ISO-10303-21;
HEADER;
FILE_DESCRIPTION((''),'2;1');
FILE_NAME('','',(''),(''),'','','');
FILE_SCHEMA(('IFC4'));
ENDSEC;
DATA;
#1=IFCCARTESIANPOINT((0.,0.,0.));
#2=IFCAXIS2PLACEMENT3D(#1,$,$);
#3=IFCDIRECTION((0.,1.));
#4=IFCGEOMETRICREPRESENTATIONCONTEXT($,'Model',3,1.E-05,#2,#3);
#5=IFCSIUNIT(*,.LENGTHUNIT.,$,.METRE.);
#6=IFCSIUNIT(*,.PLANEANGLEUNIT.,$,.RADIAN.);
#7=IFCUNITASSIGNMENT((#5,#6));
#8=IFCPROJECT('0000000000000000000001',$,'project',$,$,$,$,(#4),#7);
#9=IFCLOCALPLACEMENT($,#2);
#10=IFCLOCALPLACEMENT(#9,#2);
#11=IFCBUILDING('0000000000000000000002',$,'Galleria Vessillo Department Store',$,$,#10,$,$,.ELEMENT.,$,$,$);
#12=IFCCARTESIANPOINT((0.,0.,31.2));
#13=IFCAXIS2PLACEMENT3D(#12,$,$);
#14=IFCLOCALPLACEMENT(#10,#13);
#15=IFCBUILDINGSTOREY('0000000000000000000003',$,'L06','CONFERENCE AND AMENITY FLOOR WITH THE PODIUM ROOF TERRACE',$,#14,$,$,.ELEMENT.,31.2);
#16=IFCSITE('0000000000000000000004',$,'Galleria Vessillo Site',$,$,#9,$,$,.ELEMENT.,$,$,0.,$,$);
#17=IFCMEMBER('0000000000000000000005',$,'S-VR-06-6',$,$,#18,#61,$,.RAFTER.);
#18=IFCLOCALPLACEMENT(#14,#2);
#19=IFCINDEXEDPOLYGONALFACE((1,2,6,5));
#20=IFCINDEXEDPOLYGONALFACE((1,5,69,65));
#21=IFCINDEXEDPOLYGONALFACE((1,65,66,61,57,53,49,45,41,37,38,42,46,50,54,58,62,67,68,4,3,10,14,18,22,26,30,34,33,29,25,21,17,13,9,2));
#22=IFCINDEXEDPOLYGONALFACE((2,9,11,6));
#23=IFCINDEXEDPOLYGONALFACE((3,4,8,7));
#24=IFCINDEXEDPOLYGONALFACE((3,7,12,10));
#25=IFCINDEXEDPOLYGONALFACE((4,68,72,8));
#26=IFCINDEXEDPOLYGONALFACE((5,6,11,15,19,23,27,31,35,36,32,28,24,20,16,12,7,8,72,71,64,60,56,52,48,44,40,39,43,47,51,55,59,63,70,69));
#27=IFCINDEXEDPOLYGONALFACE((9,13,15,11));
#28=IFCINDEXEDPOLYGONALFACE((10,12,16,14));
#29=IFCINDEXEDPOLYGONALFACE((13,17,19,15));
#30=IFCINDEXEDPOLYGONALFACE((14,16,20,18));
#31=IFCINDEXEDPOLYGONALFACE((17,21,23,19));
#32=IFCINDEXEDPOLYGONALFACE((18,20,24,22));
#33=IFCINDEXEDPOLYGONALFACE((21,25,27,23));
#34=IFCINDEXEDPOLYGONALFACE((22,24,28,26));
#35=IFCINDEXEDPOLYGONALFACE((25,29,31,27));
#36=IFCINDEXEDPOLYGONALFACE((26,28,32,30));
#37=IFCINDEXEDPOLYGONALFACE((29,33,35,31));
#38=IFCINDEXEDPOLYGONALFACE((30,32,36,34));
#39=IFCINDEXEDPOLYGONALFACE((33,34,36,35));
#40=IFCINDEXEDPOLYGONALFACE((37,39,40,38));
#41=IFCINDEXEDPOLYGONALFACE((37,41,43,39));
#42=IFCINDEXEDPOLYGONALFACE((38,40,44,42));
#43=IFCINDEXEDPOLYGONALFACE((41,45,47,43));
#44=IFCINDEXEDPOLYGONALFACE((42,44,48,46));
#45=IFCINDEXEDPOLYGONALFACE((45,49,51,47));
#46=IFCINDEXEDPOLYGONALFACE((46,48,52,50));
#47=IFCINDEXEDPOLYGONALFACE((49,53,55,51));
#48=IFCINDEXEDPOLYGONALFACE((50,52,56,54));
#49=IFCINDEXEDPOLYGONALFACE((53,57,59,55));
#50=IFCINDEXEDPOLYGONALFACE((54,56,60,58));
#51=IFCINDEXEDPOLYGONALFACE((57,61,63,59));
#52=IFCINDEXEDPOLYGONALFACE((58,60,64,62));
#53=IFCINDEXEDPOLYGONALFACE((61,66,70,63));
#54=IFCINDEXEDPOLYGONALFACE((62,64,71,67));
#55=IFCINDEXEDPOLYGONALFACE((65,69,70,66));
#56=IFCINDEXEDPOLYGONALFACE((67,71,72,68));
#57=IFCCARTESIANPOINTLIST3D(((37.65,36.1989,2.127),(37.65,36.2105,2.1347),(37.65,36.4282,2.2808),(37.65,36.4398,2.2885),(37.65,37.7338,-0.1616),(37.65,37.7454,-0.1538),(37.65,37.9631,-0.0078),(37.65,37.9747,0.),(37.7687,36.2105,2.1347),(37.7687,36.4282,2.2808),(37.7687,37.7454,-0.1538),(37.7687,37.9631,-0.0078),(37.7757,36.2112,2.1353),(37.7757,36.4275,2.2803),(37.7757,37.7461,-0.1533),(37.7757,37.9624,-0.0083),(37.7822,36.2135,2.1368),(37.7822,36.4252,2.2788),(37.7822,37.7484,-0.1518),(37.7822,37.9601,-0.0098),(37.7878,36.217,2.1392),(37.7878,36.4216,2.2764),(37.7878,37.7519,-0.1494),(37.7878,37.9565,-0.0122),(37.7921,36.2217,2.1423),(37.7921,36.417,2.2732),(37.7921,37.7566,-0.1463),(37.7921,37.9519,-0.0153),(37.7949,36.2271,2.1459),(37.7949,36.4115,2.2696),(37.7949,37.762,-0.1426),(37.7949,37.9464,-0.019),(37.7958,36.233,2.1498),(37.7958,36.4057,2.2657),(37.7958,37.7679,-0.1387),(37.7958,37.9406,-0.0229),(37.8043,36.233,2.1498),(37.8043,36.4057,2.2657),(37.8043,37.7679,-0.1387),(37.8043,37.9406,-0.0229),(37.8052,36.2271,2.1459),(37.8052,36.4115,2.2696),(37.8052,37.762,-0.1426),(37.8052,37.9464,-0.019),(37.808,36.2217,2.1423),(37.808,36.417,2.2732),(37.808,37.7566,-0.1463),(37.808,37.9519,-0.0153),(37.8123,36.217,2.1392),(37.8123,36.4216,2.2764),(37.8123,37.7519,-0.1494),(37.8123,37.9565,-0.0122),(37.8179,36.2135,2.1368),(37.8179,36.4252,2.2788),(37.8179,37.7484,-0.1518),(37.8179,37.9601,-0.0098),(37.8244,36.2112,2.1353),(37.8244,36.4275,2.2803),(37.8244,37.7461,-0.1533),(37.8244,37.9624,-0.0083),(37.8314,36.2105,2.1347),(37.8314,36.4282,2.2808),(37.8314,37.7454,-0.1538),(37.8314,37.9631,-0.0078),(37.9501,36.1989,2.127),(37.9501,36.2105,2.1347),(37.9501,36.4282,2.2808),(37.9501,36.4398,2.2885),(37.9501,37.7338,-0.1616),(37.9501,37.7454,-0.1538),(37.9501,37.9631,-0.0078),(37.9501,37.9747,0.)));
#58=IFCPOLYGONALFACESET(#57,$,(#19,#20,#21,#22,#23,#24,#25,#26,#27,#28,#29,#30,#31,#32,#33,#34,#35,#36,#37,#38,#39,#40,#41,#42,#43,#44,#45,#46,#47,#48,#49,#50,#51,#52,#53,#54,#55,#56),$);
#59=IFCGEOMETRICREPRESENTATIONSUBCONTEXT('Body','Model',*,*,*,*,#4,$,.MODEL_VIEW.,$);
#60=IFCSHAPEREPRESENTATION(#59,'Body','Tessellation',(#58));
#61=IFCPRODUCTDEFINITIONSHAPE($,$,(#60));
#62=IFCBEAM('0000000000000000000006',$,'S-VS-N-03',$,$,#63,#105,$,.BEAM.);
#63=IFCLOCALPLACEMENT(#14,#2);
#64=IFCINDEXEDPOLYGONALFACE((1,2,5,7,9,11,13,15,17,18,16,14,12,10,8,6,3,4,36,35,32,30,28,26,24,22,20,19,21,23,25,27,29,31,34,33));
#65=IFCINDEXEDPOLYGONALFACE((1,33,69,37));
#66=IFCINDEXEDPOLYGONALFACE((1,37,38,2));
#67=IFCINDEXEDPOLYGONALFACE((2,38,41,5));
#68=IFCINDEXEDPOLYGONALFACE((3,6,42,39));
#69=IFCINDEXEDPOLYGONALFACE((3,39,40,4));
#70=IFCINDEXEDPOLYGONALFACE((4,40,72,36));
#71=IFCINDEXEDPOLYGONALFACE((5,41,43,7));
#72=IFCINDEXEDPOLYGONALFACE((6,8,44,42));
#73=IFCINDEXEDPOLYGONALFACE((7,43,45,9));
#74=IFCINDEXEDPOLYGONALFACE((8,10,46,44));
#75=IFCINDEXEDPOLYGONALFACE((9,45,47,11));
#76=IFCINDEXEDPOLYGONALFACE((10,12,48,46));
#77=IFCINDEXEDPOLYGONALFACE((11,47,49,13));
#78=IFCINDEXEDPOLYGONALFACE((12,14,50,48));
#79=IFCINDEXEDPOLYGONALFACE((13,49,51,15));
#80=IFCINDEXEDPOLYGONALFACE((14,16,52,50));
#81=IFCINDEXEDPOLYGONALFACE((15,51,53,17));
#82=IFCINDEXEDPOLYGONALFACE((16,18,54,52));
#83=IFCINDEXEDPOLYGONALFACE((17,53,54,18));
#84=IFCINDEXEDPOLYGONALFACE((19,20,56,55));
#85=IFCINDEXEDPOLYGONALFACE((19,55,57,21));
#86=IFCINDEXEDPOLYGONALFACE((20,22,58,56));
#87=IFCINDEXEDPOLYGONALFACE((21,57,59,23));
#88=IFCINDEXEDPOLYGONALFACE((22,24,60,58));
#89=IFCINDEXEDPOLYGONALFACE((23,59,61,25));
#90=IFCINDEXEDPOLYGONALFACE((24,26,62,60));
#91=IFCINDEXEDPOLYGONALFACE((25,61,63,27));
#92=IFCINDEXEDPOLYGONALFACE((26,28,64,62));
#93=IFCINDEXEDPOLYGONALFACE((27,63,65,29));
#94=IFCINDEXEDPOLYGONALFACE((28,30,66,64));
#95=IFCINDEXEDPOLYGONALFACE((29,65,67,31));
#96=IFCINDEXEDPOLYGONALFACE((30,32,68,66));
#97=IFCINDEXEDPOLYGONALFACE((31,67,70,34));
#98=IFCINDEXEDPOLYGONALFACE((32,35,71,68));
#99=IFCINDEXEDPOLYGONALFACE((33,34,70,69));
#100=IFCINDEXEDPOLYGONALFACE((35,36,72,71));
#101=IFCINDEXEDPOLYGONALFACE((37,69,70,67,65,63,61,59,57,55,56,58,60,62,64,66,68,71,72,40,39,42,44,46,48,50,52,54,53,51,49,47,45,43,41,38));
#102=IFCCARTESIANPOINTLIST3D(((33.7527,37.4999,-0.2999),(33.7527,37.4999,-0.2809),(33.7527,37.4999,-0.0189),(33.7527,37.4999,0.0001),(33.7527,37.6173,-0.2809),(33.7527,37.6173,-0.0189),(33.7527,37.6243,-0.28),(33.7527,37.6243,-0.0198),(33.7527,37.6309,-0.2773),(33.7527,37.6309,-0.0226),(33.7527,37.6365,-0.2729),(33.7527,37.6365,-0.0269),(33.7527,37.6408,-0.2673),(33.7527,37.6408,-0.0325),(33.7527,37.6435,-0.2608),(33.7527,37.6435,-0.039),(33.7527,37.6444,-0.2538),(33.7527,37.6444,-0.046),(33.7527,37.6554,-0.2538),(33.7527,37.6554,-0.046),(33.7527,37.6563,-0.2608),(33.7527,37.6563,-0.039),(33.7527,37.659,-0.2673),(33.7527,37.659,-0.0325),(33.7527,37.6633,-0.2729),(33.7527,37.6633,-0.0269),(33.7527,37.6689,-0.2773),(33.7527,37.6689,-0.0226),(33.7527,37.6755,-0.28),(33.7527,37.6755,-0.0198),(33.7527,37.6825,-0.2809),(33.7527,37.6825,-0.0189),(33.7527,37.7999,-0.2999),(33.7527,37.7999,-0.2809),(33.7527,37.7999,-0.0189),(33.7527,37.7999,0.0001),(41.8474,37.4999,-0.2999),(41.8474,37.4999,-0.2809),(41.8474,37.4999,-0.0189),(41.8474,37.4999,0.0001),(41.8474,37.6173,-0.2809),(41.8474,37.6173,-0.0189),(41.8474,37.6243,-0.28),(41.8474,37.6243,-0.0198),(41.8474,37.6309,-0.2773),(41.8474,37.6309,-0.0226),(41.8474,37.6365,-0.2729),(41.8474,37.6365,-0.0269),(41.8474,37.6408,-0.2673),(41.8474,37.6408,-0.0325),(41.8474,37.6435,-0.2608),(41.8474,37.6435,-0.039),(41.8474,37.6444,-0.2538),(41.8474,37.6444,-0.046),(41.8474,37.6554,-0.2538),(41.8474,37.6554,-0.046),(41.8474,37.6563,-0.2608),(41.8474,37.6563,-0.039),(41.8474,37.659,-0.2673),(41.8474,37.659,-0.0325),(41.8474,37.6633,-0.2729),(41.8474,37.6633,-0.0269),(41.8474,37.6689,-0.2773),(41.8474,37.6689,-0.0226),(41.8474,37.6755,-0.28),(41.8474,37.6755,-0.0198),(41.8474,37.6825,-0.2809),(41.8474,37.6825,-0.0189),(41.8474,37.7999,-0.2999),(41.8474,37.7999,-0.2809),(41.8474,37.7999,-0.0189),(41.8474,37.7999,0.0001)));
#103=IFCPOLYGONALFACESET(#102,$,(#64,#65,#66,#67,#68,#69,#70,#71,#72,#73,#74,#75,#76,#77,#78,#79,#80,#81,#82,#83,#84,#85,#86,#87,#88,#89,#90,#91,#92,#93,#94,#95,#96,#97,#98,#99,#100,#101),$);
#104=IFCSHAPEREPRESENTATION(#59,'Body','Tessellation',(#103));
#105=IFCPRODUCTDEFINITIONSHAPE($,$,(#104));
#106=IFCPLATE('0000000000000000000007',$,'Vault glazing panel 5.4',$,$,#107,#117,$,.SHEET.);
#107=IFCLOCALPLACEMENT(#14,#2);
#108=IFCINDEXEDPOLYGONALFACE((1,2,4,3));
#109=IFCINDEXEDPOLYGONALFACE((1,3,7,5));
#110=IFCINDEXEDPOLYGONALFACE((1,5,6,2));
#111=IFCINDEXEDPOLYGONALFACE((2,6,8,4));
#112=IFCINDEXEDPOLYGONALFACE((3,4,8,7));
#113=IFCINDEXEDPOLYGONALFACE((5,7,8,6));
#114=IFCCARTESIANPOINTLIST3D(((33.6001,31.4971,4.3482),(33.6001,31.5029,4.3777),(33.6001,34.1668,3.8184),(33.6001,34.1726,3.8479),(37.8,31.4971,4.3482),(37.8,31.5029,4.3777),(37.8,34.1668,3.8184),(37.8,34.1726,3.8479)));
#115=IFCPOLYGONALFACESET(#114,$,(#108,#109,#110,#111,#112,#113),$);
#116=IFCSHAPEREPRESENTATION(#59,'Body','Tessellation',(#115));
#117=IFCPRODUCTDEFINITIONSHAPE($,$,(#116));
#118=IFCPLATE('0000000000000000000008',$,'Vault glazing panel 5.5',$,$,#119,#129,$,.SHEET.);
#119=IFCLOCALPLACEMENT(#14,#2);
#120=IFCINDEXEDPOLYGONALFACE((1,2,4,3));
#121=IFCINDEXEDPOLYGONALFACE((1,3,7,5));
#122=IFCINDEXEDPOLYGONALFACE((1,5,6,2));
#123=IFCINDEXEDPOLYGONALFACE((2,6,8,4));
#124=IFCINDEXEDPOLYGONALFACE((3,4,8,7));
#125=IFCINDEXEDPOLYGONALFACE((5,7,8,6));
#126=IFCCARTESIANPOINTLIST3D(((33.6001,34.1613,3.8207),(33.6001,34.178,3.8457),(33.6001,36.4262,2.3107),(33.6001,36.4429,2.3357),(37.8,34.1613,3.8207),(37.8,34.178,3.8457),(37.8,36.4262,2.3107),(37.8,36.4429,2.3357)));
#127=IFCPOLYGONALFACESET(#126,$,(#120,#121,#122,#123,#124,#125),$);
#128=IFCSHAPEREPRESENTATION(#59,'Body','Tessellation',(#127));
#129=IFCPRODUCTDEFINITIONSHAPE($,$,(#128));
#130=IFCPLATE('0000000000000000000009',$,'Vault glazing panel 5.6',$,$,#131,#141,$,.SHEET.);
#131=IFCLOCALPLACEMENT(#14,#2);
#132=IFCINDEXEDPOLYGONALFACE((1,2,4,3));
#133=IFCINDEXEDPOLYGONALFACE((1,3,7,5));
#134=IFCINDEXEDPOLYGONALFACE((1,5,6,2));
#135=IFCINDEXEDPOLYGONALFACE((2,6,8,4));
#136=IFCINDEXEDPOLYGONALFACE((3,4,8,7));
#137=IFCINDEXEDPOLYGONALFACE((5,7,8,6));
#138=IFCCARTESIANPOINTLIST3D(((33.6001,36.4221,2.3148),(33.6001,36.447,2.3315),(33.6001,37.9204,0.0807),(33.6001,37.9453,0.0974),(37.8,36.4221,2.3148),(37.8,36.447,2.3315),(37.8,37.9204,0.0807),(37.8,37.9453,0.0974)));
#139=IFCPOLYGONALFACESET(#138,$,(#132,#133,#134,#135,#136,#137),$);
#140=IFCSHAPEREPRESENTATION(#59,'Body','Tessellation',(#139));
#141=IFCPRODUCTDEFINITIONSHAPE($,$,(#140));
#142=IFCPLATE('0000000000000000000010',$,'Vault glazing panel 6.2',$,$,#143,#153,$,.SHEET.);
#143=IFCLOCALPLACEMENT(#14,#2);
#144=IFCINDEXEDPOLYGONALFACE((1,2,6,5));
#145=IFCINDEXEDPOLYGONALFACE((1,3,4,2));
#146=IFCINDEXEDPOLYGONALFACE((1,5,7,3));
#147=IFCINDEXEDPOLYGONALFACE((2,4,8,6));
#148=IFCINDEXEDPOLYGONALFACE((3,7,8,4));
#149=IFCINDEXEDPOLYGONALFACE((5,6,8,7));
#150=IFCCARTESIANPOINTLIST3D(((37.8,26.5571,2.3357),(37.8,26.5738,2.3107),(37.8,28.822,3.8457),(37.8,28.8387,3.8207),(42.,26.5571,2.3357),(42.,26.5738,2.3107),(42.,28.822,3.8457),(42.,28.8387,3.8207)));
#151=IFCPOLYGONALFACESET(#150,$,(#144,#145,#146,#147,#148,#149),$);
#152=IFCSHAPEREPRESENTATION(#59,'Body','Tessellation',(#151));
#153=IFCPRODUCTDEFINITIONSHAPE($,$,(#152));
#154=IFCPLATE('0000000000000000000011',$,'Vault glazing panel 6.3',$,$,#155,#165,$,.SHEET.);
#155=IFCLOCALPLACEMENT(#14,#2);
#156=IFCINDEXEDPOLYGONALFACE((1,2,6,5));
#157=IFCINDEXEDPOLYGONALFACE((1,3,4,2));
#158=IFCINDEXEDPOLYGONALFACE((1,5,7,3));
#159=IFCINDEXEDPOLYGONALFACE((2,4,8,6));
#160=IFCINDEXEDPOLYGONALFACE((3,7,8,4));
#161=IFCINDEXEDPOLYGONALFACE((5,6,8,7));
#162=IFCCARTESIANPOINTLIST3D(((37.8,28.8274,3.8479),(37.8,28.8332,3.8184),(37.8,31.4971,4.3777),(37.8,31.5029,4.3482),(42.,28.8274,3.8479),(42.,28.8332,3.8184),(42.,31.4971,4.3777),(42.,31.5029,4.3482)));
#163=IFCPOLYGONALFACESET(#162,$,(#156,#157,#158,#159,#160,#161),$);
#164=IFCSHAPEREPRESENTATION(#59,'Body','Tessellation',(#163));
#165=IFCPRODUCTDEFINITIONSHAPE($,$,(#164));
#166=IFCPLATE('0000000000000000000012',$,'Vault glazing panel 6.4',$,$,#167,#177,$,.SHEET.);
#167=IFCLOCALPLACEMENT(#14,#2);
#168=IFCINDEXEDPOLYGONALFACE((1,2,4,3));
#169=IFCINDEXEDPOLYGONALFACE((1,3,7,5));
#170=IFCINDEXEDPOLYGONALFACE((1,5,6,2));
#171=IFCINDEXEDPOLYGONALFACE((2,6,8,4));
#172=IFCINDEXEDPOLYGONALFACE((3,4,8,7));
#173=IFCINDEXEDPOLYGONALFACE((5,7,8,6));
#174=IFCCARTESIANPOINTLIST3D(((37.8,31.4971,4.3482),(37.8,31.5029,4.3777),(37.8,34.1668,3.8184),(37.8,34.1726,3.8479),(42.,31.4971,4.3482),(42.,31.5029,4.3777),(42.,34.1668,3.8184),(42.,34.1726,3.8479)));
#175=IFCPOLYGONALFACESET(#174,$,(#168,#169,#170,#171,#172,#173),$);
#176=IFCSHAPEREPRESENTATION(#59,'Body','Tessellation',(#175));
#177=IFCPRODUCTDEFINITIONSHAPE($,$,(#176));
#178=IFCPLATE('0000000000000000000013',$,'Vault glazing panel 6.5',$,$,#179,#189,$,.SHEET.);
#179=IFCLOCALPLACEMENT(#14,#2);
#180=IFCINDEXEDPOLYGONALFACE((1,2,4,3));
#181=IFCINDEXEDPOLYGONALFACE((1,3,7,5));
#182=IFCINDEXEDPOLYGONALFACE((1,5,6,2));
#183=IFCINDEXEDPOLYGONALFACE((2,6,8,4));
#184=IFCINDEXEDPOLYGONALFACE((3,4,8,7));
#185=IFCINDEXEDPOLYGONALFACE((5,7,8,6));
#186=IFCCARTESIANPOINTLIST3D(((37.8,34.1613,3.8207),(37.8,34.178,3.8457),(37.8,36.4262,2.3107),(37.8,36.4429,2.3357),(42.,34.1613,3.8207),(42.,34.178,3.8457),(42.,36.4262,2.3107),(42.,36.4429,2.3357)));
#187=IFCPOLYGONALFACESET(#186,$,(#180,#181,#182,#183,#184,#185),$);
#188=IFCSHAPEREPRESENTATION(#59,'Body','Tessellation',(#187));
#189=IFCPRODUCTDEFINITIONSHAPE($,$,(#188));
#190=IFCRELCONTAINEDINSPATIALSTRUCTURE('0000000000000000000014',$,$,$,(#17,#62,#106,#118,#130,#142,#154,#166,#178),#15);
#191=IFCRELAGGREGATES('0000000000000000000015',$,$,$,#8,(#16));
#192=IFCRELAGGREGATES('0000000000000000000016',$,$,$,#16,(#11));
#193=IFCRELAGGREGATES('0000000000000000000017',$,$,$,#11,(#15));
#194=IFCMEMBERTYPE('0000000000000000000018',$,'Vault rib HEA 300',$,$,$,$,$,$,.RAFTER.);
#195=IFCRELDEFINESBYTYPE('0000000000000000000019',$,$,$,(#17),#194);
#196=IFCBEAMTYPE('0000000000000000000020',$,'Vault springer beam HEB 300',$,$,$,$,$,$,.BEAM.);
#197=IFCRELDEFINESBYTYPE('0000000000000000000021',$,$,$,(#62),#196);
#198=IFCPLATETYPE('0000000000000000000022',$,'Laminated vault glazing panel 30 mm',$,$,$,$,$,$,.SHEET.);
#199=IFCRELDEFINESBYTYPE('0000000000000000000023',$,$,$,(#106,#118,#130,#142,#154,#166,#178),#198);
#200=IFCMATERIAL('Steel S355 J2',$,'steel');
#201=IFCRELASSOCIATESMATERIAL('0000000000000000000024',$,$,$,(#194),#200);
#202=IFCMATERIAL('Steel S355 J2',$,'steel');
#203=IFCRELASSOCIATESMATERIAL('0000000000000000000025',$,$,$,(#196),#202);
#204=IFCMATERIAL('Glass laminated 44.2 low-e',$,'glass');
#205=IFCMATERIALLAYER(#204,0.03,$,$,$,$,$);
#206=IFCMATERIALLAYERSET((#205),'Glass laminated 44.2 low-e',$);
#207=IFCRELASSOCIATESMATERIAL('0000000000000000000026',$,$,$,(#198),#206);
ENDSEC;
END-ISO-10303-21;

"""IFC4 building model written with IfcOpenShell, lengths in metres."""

from ifc_helpers import new_model, si_unit, direction, frame, origin, origin_2d, place, context, subcontext, project, spatial, polyline, i_section, outline, extrude, material, layer, layer_set, material_profile, profile_set, type_object, element, save


model = new_model("IFC4")

# Units and contexts
model_context = context("Model", 3, precision=1e-05, world=origin(), true_north=direction((0.0, 1.0)))
body_context = subcontext(model_context, "Body", "Model", "MODEL_VIEW")
ifc_project = project(units=[si_unit("LENGTHUNIT", "METRE"), si_unit("PLANEANGLEUNIT", "RADIAN")], contexts=[model_context])

# Site, building, storey
site_placement = place(None, origin())
site = spatial("IfcSite", under=ifc_project, at=site_placement, Name="Galleria Vessillo Site", CompositionType="ELEMENT", RefElevation=0.0)
building_placement = place(site_placement, origin())
building = spatial("IfcBuilding", under=site, at=building_placement, Name="Galleria Vessillo Department Store", CompositionType="ELEMENT")
storey_placement = place(building_placement, frame((0.0, 0.0, 31.2)))
storey = spatial("IfcBuildingStorey", under=building, at=storey_placement, Name="L06", Description="CONFERENCE AND AMENITY FLOOR WITH THE PODIUM ROOF TERRACE", CompositionType="ELEMENT", Elevation=31.2)

# Member
ifc_material_1 = material(Name="Steel S355 J2", Category="steel")
ifc_material_profile_1 = material_profile(ifc_material_1, i_section(OverallWidth=0.3, OverallDepth=0.29, WebThickness=0.0085, FlangeThickness=0.0139, FilletRadius=0.0271, at=origin_2d()), Name="HEA 300")
ifc_profile_set_1 = profile_set([ifc_material_profile_1], Name="Steel S355 J2")
member_type_1 = type_object("IfcMemberType", Name="Vault rib HEA 300", PredefinedType="RAFTER", material=ifc_profile_set_1)
member_1_placement = place(storey_placement, frame((37.8, 36.3193, 2.2078), z_axis=(0.0, 0.557008, -0.830507), x_axis=(-1.0, 0.0, 0.0)))
element("IfcMember", 1, at=member_1_placement, inside=storey, type_object=member_type_1, Name="S-VR-06-6", PredefinedType="RAFTER", context=body_context, shape_type="SweptSolid", body=[
    extrude(i_section(OverallWidth=0.3, OverallDepth=0.29, WebThickness=0.0085, FlangeThickness=0.0139, FilletRadius=0.0271, at=origin_2d()), origin(), (0.0, 0.0, 1.0), 2.7556),
])

# Beam
ifc_material_2 = material(Name="Steel S355 J2", Category="steel")
ifc_material_profile_2 = material_profile(ifc_material_2, i_section(OverallWidth=0.3, OverallDepth=0.3, WebThickness=0.011, FlangeThickness=0.019, FilletRadius=0.0271, at=origin_2d()), Name="HEB 300")
ifc_profile_set_2 = profile_set([ifc_material_profile_2], Name="Steel S355 J2")
beam_type_1 = type_object("IfcBeamType", Name="Vault springer beam HEB 300", PredefinedType="BEAM", material=ifc_profile_set_2)
beam_1_placement = place(storey_placement, frame((33.7527, 37.6499, -0.1499), z_axis=(1.0, 0.0, 0.0), x_axis=(0.0, 1.0, 0.0)))
element("IfcBeam", 2, at=beam_1_placement, inside=storey, type_object=beam_type_1, Name="S-VS-N-03", PredefinedType="BEAM", context=body_context, shape_type="SweptSolid", body=[
    extrude(i_section(OverallWidth=0.3, OverallDepth=0.3, WebThickness=0.011, FlangeThickness=0.019, FilletRadius=0.0271, at=origin_2d()), origin(), (0.0, 0.0, 1.0), 8.0947),
])

# Plates
ifc_material_3 = material(Name="Glass laminated 44.2 low-e", Category="glass")
ifc_layer_1 = layer(ifc_material_3, 0.03)
ifc_layer_set_1 = layer_set([ifc_layer_1], Name="Glass laminated 44.2 low-e")
plate_type = type_object("IfcPlateType", Name="Laminated vault glazing panel 30 mm", PredefinedType="SHEET", material=ifc_layer_set_1)
plate_1_placement = place(storey_placement, frame((33.6001, 31.5029, 4.3777), z_axis=(0.0, 0.19465, 0.980873), x_axis=(1.0, 0.0, 0.0)))
element("IfcPlate", 3, at=plate_1_placement, inside=storey, type_object=plate_type, Name="Vault glazing panel 5.4", PredefinedType="SHEET", context=body_context, shape_type="SweptSolid", body=[
    extrude(outline(polyline([(0.0, 0.0), (4.2, 0.0), (4.2, 2.7217), (0.0, 2.7217), (0.0, 0.0)])), origin(), (0.0, 0.0, -1.0), 0.03),
])
plate_2_placement = place(storey_placement, frame((33.6001, 34.178, 3.8457), z_axis=(0.0, 0.554721, 0.832036), x_axis=(1.0, 0.0, 0.0)))
element("IfcPlate", 4, at=plate_2_placement, inside=storey, type_object=plate_type, Name="Vault glazing panel 5.5", PredefinedType="SHEET", context=body_context, shape_type="SweptSolid", body=[
    extrude(outline(polyline([(0.0, 0.0), (4.2, 0.0), (4.2, 2.7221), (0.0, 2.7221), (0.0, 0.0)])), origin(), (0.0, 0.0, -1.0), 0.03),
])
plate_3_placement = place(storey_placement, frame((33.6001, 36.447, 2.3315), z_axis=(0.0, 0.830525, 0.556981), x_axis=(1.0, 0.0, 0.0)))
element("IfcPlate", 5, at=plate_3_placement, inside=storey, type_object=plate_type, Name="Vault glazing panel 5.6", PredefinedType="SHEET", context=body_context, shape_type="SweptSolid", body=[
    extrude(outline(polyline([(0.0, 0.0), (4.2, 0.0), (4.2, 2.69), (0.0, 2.69), (0.0, 0.0)])), origin(), (0.0, 0.0, -1.0), 0.03),
])
plate_4_placement = place(storey_placement, frame((37.8, 26.5571, 2.3357), z_axis=(0.0, -0.554721, 0.832036), x_axis=(1.0, 0.0, 0.0)))
element("IfcPlate", 6, at=plate_4_placement, inside=storey, type_object=plate_type, Name="Vault glazing panel 6.2", PredefinedType="SHEET", context=body_context, shape_type="SweptSolid", body=[
    extrude(outline(polyline([(0.0, 0.0), (4.2, 0.0), (4.2, 2.7221), (0.0, 2.7221), (0.0, 0.0)])), origin(), (0.0, 0.0, -1.0), 0.03),
])
for number, where, z_axis, x_axis, name in (
    (7, (37.8, 28.8274, 3.8479), (0.0, -0.19465, 0.980873), (1.0, 0.0, 0.0), "Vault glazing panel 6.3"),
    (8, (37.8, 31.5029, 4.3777), (0.0, 0.19465, 0.980873), (1.0, 0.0, 0.0), "Vault glazing panel 6.4"),
):
    element("IfcPlate", number, at=place(storey_placement, frame(where, z_axis=z_axis, x_axis=x_axis)), inside=storey, type_object=plate_type, Name=name, PredefinedType="SHEET", context=body_context, shape_type="SweptSolid", body=[
        extrude(outline(polyline([(0.0, 0.0), (4.2, 0.0), (4.2, 2.7217), (0.0, 2.7217), (0.0, 0.0)])), origin(), (0.0, 0.0, -1.0), 0.03),
    ])
plate_5_placement = place(storey_placement, frame((37.8, 34.178, 3.8457), z_axis=(0.0, 0.554721, 0.832036), x_axis=(1.0, 0.0, 0.0)))
element("IfcPlate", 9, at=plate_5_placement, inside=storey, type_object=plate_type, Name="Vault glazing panel 6.5", PredefinedType="SHEET", context=body_context, shape_type="SweptSolid", body=[
    extrude(outline(polyline([(0.0, 0.0), (4.2, 0.0), (4.2, 2.7221), (0.0, 2.7221), (0.0, 0.0)])), origin(), (0.0, 0.0, -1.0), 0.03),
])

save(model, "model.ifc")
